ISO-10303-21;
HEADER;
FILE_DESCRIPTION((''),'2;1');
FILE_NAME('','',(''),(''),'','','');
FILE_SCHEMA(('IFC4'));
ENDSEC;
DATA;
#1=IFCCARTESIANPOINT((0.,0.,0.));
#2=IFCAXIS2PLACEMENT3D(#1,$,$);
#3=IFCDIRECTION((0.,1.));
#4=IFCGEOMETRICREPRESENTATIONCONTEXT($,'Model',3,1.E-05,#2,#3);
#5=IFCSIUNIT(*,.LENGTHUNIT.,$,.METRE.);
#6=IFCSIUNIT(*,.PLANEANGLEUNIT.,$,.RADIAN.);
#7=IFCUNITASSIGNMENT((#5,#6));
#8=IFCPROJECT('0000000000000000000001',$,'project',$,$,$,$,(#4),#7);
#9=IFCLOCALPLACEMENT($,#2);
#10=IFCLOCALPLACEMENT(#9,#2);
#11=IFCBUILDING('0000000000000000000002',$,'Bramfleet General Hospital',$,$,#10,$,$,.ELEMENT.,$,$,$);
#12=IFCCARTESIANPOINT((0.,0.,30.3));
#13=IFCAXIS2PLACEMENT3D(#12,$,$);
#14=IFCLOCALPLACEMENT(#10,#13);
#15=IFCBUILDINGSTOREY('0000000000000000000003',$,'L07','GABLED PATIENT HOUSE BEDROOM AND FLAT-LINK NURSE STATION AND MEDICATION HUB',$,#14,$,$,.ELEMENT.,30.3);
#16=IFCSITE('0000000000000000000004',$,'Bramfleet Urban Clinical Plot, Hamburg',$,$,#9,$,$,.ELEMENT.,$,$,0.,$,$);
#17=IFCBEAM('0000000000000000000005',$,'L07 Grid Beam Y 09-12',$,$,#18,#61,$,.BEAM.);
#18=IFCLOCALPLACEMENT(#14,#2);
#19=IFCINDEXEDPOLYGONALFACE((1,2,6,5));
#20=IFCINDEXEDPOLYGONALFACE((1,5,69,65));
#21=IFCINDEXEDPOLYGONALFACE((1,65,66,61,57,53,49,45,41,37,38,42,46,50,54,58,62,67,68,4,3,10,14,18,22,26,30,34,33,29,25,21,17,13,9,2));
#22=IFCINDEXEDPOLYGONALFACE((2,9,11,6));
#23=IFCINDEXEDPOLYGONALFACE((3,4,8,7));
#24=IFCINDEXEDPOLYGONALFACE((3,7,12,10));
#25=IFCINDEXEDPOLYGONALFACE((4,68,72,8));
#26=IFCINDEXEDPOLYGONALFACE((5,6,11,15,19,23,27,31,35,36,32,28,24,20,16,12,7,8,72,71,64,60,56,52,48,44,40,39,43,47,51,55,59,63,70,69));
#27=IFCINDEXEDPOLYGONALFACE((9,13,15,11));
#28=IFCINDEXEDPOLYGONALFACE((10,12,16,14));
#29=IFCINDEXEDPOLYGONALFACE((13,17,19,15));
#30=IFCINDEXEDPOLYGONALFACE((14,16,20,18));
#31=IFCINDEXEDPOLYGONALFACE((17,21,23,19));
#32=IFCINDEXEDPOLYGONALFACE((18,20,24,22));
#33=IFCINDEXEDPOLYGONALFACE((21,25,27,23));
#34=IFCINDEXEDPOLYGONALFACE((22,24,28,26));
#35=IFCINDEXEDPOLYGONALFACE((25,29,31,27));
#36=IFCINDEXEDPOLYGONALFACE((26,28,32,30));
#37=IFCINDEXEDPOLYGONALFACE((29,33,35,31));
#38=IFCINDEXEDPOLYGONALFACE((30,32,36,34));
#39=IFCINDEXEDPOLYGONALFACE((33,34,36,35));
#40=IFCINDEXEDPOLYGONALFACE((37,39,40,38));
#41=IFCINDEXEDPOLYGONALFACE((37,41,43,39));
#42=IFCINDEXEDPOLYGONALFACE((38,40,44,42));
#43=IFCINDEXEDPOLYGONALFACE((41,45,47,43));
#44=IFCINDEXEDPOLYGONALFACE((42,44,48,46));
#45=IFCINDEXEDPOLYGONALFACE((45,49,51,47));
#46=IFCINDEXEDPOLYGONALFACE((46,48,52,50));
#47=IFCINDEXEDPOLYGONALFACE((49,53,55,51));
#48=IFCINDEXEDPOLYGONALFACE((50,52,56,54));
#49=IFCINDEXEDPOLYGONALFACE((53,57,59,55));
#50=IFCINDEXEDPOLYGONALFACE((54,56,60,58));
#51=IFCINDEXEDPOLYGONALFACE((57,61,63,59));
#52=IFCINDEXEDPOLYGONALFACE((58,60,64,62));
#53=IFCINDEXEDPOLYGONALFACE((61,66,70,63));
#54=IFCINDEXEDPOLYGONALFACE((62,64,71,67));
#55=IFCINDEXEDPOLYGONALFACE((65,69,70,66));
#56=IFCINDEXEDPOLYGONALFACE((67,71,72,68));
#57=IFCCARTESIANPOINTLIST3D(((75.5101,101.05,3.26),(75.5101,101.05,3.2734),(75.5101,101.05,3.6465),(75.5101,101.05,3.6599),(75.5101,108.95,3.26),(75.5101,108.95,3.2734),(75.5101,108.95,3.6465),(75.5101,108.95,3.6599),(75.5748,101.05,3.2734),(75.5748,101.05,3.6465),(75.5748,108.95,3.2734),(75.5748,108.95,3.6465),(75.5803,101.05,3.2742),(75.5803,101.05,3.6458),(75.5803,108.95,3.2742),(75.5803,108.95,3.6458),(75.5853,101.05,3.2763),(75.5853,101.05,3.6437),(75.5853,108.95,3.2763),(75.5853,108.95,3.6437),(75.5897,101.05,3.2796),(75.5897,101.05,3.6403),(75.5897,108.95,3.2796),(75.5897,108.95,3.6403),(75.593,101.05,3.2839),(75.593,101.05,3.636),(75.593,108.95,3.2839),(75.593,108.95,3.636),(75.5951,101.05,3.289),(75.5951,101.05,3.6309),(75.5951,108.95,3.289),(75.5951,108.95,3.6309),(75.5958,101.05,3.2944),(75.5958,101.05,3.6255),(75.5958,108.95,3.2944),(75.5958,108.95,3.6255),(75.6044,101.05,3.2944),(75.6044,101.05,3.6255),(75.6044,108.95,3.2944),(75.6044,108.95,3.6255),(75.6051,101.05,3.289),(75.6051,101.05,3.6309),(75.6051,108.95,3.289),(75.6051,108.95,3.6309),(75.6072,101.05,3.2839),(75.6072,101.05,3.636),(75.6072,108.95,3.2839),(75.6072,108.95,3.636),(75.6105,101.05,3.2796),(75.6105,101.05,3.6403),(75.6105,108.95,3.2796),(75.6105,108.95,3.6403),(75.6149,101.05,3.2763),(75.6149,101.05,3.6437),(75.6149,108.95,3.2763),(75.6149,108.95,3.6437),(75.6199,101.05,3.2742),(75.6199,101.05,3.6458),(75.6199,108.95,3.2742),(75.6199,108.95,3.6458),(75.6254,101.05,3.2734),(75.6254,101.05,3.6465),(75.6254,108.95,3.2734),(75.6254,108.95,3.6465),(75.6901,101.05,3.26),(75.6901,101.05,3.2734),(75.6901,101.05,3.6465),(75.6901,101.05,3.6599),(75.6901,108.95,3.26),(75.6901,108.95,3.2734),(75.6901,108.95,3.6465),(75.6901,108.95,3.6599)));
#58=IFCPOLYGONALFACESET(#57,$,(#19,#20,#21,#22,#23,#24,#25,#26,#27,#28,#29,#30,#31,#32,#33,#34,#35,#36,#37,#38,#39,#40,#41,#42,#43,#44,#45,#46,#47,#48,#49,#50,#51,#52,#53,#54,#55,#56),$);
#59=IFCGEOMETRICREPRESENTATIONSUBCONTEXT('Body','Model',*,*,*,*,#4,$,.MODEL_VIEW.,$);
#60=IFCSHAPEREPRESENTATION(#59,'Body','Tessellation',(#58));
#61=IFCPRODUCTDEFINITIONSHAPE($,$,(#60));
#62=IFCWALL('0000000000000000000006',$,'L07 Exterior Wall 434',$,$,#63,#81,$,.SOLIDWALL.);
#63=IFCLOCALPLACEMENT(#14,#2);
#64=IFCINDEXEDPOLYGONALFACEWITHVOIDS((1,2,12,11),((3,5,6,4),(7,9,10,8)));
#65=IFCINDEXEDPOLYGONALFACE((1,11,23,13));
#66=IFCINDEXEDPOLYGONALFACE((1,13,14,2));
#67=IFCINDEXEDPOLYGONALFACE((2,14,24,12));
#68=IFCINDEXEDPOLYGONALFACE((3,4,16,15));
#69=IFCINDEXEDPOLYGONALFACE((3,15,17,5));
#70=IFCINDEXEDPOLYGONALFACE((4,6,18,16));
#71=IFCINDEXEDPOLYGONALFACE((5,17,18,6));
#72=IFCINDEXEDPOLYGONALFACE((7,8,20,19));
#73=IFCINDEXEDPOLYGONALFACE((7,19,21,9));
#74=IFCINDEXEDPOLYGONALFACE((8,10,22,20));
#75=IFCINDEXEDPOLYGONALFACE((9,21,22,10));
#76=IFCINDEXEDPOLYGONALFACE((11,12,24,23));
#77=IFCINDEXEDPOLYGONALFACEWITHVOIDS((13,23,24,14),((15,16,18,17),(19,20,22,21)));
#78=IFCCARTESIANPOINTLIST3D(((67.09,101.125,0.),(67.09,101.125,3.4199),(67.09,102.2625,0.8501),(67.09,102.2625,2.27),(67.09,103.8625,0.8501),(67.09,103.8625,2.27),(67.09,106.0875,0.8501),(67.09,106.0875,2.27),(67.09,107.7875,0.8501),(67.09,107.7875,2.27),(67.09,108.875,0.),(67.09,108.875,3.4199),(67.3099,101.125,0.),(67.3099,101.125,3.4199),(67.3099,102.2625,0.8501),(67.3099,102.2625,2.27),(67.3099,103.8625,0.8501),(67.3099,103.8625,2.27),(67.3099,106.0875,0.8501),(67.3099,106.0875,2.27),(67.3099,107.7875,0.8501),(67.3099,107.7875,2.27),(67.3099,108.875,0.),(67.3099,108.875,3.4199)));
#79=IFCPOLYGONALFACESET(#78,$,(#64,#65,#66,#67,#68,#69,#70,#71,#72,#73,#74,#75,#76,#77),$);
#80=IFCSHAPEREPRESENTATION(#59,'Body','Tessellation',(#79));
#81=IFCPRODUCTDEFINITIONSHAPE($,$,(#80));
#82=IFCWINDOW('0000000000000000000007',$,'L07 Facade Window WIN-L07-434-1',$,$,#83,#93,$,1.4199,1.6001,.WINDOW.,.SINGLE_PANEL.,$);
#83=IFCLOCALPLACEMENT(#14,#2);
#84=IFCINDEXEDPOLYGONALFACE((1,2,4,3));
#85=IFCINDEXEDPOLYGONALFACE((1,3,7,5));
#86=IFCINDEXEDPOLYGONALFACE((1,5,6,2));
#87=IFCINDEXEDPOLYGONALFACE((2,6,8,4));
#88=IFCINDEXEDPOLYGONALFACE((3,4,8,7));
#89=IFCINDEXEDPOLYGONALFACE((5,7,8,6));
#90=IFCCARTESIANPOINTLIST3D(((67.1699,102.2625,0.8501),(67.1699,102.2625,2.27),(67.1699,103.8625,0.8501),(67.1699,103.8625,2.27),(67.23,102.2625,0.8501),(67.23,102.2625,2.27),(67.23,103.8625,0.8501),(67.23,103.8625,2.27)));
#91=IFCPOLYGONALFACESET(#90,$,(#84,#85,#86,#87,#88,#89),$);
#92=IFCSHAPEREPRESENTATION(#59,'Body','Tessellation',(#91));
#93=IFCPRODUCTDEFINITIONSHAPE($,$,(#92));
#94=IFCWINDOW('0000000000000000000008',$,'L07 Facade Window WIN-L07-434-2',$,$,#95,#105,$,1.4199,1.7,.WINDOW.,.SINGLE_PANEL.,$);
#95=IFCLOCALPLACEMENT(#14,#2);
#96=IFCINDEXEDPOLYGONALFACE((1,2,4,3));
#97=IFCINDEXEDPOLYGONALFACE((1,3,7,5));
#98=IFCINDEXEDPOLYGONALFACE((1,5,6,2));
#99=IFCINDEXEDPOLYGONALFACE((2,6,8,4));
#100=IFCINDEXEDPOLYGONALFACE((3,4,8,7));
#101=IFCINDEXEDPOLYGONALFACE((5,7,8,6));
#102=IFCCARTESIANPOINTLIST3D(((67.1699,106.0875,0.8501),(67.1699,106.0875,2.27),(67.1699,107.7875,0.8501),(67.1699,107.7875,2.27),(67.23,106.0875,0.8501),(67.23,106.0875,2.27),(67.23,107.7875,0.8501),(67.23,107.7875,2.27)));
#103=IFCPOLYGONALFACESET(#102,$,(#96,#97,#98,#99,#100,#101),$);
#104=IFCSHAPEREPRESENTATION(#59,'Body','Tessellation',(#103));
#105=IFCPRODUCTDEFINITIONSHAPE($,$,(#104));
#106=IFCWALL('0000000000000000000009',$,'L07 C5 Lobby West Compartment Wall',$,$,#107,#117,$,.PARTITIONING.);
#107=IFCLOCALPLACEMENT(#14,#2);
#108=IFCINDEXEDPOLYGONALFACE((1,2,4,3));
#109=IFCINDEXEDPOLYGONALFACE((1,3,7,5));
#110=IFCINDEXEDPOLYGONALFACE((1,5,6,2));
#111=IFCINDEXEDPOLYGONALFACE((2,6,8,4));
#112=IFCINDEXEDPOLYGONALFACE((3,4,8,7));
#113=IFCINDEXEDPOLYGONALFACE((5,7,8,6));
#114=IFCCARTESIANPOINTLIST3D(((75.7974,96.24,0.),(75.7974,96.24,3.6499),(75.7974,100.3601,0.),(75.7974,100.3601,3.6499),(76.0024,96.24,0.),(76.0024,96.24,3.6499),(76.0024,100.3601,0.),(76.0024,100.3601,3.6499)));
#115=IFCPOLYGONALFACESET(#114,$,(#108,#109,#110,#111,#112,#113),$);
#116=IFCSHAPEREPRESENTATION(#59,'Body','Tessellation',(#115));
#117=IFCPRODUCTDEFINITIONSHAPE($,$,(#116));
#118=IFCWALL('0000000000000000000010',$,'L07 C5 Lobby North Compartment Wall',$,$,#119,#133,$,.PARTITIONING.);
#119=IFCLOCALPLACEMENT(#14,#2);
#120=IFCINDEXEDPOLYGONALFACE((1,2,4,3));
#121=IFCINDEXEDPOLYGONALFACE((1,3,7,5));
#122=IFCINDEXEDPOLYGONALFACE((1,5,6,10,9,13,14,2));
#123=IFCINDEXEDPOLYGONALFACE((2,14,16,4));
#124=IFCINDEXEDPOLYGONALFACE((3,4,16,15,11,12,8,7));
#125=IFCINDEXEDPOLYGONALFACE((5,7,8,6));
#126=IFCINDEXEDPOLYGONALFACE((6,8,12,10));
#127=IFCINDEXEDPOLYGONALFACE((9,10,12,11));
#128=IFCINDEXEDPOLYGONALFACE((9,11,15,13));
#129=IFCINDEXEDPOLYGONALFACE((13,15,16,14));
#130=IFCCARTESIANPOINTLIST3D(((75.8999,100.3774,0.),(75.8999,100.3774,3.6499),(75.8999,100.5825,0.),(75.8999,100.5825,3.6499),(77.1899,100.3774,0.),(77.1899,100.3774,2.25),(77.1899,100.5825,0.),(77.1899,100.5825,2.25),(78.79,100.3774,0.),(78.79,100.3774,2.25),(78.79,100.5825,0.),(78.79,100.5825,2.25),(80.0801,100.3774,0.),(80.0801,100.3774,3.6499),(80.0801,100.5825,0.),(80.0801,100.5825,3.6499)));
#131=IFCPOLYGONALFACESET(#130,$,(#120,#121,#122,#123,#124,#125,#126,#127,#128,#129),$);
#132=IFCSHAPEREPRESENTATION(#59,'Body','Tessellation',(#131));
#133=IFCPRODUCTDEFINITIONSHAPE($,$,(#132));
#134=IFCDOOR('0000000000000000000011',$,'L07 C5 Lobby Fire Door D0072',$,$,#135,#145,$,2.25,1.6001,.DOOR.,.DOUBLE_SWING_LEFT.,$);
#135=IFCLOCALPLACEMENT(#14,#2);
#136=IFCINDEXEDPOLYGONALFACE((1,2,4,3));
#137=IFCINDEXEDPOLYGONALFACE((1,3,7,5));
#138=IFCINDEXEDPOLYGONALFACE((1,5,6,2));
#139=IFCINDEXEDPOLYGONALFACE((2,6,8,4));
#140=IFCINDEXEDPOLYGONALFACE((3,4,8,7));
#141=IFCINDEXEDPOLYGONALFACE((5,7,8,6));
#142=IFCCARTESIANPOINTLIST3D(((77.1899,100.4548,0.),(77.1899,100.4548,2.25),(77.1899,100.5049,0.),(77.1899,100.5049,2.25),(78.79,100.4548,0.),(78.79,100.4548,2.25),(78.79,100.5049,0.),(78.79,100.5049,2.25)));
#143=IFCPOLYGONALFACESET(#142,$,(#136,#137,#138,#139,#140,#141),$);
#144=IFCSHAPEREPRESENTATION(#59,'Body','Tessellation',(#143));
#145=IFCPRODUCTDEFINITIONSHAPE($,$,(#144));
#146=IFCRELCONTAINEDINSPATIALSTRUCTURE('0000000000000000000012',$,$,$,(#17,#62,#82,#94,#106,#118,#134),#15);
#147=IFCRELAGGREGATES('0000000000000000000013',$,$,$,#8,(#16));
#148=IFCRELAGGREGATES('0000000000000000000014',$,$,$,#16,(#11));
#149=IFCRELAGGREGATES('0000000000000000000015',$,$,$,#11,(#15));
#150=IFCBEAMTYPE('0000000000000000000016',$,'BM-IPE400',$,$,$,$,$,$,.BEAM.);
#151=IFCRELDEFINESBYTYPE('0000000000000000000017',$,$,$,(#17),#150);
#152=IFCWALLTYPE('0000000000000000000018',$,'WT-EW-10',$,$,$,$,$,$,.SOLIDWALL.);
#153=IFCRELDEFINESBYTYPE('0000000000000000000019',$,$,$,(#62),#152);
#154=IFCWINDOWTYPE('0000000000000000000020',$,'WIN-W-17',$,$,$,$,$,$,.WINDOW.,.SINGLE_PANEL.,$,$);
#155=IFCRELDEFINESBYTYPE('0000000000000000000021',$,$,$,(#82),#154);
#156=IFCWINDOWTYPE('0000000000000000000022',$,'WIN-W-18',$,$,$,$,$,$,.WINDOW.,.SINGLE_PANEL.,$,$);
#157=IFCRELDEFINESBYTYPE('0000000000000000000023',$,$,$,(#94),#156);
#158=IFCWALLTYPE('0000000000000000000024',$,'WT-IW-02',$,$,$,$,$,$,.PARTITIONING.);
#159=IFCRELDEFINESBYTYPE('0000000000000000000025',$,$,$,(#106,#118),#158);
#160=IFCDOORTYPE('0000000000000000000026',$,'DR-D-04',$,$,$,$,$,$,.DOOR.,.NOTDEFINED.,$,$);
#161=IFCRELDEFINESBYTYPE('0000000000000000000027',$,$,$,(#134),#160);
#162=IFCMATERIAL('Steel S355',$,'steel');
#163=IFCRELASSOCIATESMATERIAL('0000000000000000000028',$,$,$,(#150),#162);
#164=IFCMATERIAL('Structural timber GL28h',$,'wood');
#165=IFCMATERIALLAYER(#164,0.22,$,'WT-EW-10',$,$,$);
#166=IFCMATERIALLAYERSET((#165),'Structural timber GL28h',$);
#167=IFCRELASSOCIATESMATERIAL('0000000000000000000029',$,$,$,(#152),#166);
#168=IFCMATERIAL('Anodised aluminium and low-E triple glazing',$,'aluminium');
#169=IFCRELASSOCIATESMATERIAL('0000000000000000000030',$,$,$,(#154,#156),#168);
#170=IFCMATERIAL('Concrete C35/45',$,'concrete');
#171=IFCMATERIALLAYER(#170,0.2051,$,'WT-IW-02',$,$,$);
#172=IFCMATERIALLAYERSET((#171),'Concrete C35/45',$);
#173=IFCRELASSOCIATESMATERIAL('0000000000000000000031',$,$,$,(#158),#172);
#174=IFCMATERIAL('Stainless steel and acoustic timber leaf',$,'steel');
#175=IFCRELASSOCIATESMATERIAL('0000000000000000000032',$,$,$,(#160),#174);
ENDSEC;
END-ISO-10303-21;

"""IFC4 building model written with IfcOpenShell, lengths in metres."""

from ifc_helpers import new_model, si_unit, direction, frame, frame_2d, origin, origin_2d, place, context, subcontext, project, spatial, rectangle, i_section, extrude, material, layer, layer_set, material_profile, profile_set, type_object, element, fill, save


model = new_model("IFC4")

# Units and contexts
model_context = context("Model", 3, precision=1e-05, world=origin(), true_north=direction((0.0, 1.0)))
body_context = subcontext(model_context, "Body", "Model", "MODEL_VIEW")
ifc_project = project(units=[si_unit("LENGTHUNIT", "METRE"), si_unit("PLANEANGLEUNIT", "RADIAN")], contexts=[model_context])

# Site, building, storey
site_placement = place(None, origin())
site = spatial("IfcSite", under=ifc_project, at=site_placement, Name="Bramfleet Urban Clinical Plot, Hamburg", CompositionType="ELEMENT", RefElevation=0.0)
building_placement = place(site_placement, origin())
building = spatial("IfcBuilding", under=site, at=building_placement, Name="Bramfleet General Hospital", CompositionType="ELEMENT")
storey_placement = place(building_placement, frame((0.0, 0.0, 30.3)))
storey = spatial("IfcBuildingStorey", under=building, at=storey_placement, Name="L07", Description="GABLED PATIENT HOUSE BEDROOM AND FLAT-LINK NURSE STATION AND MEDICATION HUB", CompositionType="ELEMENT", Elevation=30.3)

# Beam
ifc_material_1 = material(Name="Steel S355", Category="steel")
ifc_material_profile_1 = material_profile(ifc_material_1, i_section(OverallWidth=0.1799, OverallDepth=0.3999, WebThickness=0.0085, FlangeThickness=0.0134, FilletRadius=0.021, at=origin_2d()), Name="IPE 400")
ifc_profile_set_1 = profile_set([ifc_material_profile_1], Name="Steel S355")
beam_type_1 = type_object("IfcBeamType", Name="BM-IPE400", PredefinedType="BEAM", material=ifc_profile_set_1)
for number, where, z_axis, x_axis, name in (
    (1, (75.6001, 101.05, 3.46), (0.0, 1.0, 0.0), (-1.0, 0.0, 0.0), "L07 Grid Beam Y 09-12"),
):
    element("IfcBeam", number, at=place(storey_placement, frame(where, z_axis=z_axis, x_axis=x_axis)), inside=storey, type_object=beam_type_1, Name=name, PredefinedType="BEAM", context=body_context, shape_type="SweptSolid", body=[
        extrude(i_section(OverallWidth=0.1799, OverallDepth=0.3999, WebThickness=0.0085, FlangeThickness=0.0134, FilletRadius=0.021, at=origin_2d()), origin(), (0.0, 0.0, 1.0), 7.8999),
    ])

# Wall, openings, windows
ifc_material_2 = material(Name="Structural timber GL28h", Category="wood")
ifc_layer_1 = layer(ifc_material_2, 0.22, Name="WT-EW-10")
ifc_layer_set_1 = layer_set([ifc_layer_1], Name="Structural timber GL28h")
wall_type_1 = type_object("IfcWallType", Name="WT-EW-10", PredefinedType="SOLIDWALL", material=ifc_layer_set_1)
wall_1_placement = place(storey_placement, frame((67.2, 101.125, 0.0), z_axis=(0.0, 0.0, 1.0), x_axis=(0.0, 1.0, 0.0)))
wall_1 = element("IfcWall", 2, at=wall_1_placement, inside=storey, type_object=wall_type_1, Name="L07 Exterior Wall 434", PredefinedType="SOLIDWALL", context=body_context, shape_type="SweptSolid", body=[
    extrude(rectangle(XDim=7.75, YDim=0.22, at=frame_2d((3.875, 0.0))), origin(), (0.0, 0.0, 1.0), 3.4199),
])
opening_1_placement = place(wall_1_placement, frame((1.1375, 0.0, 0.8501)))
opening_1 = element("IfcOpeningElement", 3, at=opening_1_placement, cuts=wall_1, PredefinedType="OPENING", context=body_context, shape_type="SweptSolid", body=[
    extrude(rectangle(XDim=1.6001, YDim=1.4199, at=frame_2d((0.8, 0.71))), frame((0.0, 0.1199, 0.0), z_axis=(0.0, -1.0, 0.0), x_axis=(1.0, 0.0, 0.0)), (0.0, 0.0, 1.0), 0.24),
])
opening_2_placement = place(wall_1_placement, frame((4.9624, 0.0, 0.8501)))
opening_2 = element("IfcOpeningElement", 4, at=opening_2_placement, cuts=wall_1, PredefinedType="OPENING", context=body_context, shape_type="SweptSolid", body=[
    extrude(rectangle(XDim=1.7, YDim=1.4199, at=frame_2d((0.8501, 0.71))), frame((0.0, 0.1199, 0.0), z_axis=(0.0, -1.0, 0.0), x_axis=(1.0, 0.0, 0.0)), (0.0, 0.0, 1.0), 0.24),
])
ifc_material_3 = material(Name="Anodised aluminium and low-E triple glazing", Category="aluminium")
window_type_1 = type_object("IfcWindowType", Name="WIN-W-17", PartitioningType="SINGLE_PANEL", PredefinedType="WINDOW", material=ifc_material_3)
window_1_placement = place(opening_1_placement, origin())
window_1 = element("IfcWindow", 5, at=window_1_placement, inside=storey, type_object=window_type_1, Name="L07 Facade Window WIN-L07-434-1", OverallHeight=1.4199, OverallWidth=1.6001, PartitioningType="SINGLE_PANEL", PredefinedType="WINDOW", context=body_context, shape_type="SweptSolid", body=[
    extrude(rectangle(XDim=1.6001, YDim=1.4199, at=frame_2d((0.8, 0.71))), frame((0.0, 0.03, 0.0), z_axis=(0.0, -1.0, 0.0), x_axis=(1.0, 0.0, 0.0)), (0.0, 0.0, 1.0), 0.0601),
])
fill(opening_1, window_1)
window_type_2 = type_object("IfcWindowType", Name="WIN-W-18", PartitioningType="SINGLE_PANEL", PredefinedType="WINDOW", material=ifc_material_3)
window_2_placement = place(opening_2_placement, origin())
window_2 = element("IfcWindow", 6, at=window_2_placement, inside=storey, type_object=window_type_2, Name="L07 Facade Window WIN-L07-434-2", OverallHeight=1.4199, OverallWidth=1.7, PartitioningType="SINGLE_PANEL", PredefinedType="WINDOW", context=body_context, shape_type="SweptSolid", body=[
    extrude(rectangle(XDim=1.7, YDim=1.4199, at=frame_2d((0.8501, 0.71))), frame((0.0, 0.03, 0.0), z_axis=(0.0, -1.0, 0.0), x_axis=(1.0, 0.0, 0.0)), (0.0, 0.0, 1.0), 0.0601),
])
fill(opening_2, window_2)

# Wall
ifc_material_4 = material(Name="Concrete C35/45", Category="concrete")
ifc_layer_2 = layer(ifc_material_4, 0.2051, Name="WT-IW-02")
ifc_layer_set_2 = layer_set([ifc_layer_2], Name="Concrete C35/45")
wall_type_2 = type_object("IfcWallType", Name="WT-IW-02", PredefinedType="PARTITIONING", material=ifc_layer_set_2)
wall_2_placement = place(storey_placement, frame((75.8999, 96.24, 0.0), z_axis=(0.0, 0.0, 1.0), x_axis=(0.0, 1.0, 0.0)))
element("IfcWall", 7, at=wall_2_placement, inside=storey, type_object=wall_type_2, Name="L07 C5 Lobby West Compartment Wall", PredefinedType="PARTITIONING", context=body_context, shape_type="SweptSolid", body=[
    extrude(rectangle(XDim=4.1201, YDim=0.2051, at=frame_2d((2.0601, 0.0))), origin(), (0.0, 0.0, 1.0), 3.6499),
])

# Wall, opening, door
wall_3_placement = place(storey_placement, frame((75.8999, 100.48, 0.0), z_axis=(0.0, 0.0, 1.0), x_axis=(1.0, 0.0, 0.0)))
wall_3 = element("IfcWall", 8, at=wall_3_placement, inside=storey, type_object=wall_type_2, Name="L07 C5 Lobby North Compartment Wall", PredefinedType="PARTITIONING", context=body_context, shape_type="SweptSolid", body=[
    extrude(rectangle(XDim=4.1802, YDim=0.2051, at=frame_2d((2.0901, 0.0))), origin(), (0.0, 0.0, 1.0), 3.6499),
])
opening_3_placement = place(wall_3_placement, frame((1.29, 0.0, 0.0)))
opening_3 = element("IfcOpeningElement", 9, at=opening_3_placement, cuts=wall_3, PredefinedType="OPENING", context=body_context, shape_type="SweptSolid", body=[
    extrude(rectangle(XDim=1.6001, YDim=2.25, at=frame_2d((0.8, 1.125))), frame((0.0, 0.1125, 0.0), z_axis=(0.0, -1.0, 0.0), x_axis=(1.0, 0.0, 0.0)), (0.0, 0.0, 1.0), 0.2251),
])
ifc_material_5 = material(Name="Stainless steel and acoustic timber leaf", Category="steel")
door_type_1 = type_object("IfcDoorType", Name="DR-D-04", OperationType="NOTDEFINED", PredefinedType="DOOR", material=ifc_material_5)
door_1_placement = place(opening_3_placement, origin())
door_1 = element("IfcDoor", 10, at=door_1_placement, inside=storey, type_object=door_type_1, Name="L07 C5 Lobby Fire Door D0072", OperationType="DOUBLE_SWING_LEFT", OverallHeight=2.25, OverallWidth=1.6001, PredefinedType="DOOR", context=body_context, shape_type="SweptSolid", body=[
    extrude(rectangle(XDim=1.6001, YDim=2.25, at=frame_2d((0.8, 1.125))), frame((0.0, 0.0249, 0.0), z_axis=(0.0, -1.0, 0.0), x_axis=(1.0, 0.0, 0.0)), (0.0, 0.0, 1.0), 0.05),
])
fill(opening_3, door_1)

save(model, "model.ifc")
